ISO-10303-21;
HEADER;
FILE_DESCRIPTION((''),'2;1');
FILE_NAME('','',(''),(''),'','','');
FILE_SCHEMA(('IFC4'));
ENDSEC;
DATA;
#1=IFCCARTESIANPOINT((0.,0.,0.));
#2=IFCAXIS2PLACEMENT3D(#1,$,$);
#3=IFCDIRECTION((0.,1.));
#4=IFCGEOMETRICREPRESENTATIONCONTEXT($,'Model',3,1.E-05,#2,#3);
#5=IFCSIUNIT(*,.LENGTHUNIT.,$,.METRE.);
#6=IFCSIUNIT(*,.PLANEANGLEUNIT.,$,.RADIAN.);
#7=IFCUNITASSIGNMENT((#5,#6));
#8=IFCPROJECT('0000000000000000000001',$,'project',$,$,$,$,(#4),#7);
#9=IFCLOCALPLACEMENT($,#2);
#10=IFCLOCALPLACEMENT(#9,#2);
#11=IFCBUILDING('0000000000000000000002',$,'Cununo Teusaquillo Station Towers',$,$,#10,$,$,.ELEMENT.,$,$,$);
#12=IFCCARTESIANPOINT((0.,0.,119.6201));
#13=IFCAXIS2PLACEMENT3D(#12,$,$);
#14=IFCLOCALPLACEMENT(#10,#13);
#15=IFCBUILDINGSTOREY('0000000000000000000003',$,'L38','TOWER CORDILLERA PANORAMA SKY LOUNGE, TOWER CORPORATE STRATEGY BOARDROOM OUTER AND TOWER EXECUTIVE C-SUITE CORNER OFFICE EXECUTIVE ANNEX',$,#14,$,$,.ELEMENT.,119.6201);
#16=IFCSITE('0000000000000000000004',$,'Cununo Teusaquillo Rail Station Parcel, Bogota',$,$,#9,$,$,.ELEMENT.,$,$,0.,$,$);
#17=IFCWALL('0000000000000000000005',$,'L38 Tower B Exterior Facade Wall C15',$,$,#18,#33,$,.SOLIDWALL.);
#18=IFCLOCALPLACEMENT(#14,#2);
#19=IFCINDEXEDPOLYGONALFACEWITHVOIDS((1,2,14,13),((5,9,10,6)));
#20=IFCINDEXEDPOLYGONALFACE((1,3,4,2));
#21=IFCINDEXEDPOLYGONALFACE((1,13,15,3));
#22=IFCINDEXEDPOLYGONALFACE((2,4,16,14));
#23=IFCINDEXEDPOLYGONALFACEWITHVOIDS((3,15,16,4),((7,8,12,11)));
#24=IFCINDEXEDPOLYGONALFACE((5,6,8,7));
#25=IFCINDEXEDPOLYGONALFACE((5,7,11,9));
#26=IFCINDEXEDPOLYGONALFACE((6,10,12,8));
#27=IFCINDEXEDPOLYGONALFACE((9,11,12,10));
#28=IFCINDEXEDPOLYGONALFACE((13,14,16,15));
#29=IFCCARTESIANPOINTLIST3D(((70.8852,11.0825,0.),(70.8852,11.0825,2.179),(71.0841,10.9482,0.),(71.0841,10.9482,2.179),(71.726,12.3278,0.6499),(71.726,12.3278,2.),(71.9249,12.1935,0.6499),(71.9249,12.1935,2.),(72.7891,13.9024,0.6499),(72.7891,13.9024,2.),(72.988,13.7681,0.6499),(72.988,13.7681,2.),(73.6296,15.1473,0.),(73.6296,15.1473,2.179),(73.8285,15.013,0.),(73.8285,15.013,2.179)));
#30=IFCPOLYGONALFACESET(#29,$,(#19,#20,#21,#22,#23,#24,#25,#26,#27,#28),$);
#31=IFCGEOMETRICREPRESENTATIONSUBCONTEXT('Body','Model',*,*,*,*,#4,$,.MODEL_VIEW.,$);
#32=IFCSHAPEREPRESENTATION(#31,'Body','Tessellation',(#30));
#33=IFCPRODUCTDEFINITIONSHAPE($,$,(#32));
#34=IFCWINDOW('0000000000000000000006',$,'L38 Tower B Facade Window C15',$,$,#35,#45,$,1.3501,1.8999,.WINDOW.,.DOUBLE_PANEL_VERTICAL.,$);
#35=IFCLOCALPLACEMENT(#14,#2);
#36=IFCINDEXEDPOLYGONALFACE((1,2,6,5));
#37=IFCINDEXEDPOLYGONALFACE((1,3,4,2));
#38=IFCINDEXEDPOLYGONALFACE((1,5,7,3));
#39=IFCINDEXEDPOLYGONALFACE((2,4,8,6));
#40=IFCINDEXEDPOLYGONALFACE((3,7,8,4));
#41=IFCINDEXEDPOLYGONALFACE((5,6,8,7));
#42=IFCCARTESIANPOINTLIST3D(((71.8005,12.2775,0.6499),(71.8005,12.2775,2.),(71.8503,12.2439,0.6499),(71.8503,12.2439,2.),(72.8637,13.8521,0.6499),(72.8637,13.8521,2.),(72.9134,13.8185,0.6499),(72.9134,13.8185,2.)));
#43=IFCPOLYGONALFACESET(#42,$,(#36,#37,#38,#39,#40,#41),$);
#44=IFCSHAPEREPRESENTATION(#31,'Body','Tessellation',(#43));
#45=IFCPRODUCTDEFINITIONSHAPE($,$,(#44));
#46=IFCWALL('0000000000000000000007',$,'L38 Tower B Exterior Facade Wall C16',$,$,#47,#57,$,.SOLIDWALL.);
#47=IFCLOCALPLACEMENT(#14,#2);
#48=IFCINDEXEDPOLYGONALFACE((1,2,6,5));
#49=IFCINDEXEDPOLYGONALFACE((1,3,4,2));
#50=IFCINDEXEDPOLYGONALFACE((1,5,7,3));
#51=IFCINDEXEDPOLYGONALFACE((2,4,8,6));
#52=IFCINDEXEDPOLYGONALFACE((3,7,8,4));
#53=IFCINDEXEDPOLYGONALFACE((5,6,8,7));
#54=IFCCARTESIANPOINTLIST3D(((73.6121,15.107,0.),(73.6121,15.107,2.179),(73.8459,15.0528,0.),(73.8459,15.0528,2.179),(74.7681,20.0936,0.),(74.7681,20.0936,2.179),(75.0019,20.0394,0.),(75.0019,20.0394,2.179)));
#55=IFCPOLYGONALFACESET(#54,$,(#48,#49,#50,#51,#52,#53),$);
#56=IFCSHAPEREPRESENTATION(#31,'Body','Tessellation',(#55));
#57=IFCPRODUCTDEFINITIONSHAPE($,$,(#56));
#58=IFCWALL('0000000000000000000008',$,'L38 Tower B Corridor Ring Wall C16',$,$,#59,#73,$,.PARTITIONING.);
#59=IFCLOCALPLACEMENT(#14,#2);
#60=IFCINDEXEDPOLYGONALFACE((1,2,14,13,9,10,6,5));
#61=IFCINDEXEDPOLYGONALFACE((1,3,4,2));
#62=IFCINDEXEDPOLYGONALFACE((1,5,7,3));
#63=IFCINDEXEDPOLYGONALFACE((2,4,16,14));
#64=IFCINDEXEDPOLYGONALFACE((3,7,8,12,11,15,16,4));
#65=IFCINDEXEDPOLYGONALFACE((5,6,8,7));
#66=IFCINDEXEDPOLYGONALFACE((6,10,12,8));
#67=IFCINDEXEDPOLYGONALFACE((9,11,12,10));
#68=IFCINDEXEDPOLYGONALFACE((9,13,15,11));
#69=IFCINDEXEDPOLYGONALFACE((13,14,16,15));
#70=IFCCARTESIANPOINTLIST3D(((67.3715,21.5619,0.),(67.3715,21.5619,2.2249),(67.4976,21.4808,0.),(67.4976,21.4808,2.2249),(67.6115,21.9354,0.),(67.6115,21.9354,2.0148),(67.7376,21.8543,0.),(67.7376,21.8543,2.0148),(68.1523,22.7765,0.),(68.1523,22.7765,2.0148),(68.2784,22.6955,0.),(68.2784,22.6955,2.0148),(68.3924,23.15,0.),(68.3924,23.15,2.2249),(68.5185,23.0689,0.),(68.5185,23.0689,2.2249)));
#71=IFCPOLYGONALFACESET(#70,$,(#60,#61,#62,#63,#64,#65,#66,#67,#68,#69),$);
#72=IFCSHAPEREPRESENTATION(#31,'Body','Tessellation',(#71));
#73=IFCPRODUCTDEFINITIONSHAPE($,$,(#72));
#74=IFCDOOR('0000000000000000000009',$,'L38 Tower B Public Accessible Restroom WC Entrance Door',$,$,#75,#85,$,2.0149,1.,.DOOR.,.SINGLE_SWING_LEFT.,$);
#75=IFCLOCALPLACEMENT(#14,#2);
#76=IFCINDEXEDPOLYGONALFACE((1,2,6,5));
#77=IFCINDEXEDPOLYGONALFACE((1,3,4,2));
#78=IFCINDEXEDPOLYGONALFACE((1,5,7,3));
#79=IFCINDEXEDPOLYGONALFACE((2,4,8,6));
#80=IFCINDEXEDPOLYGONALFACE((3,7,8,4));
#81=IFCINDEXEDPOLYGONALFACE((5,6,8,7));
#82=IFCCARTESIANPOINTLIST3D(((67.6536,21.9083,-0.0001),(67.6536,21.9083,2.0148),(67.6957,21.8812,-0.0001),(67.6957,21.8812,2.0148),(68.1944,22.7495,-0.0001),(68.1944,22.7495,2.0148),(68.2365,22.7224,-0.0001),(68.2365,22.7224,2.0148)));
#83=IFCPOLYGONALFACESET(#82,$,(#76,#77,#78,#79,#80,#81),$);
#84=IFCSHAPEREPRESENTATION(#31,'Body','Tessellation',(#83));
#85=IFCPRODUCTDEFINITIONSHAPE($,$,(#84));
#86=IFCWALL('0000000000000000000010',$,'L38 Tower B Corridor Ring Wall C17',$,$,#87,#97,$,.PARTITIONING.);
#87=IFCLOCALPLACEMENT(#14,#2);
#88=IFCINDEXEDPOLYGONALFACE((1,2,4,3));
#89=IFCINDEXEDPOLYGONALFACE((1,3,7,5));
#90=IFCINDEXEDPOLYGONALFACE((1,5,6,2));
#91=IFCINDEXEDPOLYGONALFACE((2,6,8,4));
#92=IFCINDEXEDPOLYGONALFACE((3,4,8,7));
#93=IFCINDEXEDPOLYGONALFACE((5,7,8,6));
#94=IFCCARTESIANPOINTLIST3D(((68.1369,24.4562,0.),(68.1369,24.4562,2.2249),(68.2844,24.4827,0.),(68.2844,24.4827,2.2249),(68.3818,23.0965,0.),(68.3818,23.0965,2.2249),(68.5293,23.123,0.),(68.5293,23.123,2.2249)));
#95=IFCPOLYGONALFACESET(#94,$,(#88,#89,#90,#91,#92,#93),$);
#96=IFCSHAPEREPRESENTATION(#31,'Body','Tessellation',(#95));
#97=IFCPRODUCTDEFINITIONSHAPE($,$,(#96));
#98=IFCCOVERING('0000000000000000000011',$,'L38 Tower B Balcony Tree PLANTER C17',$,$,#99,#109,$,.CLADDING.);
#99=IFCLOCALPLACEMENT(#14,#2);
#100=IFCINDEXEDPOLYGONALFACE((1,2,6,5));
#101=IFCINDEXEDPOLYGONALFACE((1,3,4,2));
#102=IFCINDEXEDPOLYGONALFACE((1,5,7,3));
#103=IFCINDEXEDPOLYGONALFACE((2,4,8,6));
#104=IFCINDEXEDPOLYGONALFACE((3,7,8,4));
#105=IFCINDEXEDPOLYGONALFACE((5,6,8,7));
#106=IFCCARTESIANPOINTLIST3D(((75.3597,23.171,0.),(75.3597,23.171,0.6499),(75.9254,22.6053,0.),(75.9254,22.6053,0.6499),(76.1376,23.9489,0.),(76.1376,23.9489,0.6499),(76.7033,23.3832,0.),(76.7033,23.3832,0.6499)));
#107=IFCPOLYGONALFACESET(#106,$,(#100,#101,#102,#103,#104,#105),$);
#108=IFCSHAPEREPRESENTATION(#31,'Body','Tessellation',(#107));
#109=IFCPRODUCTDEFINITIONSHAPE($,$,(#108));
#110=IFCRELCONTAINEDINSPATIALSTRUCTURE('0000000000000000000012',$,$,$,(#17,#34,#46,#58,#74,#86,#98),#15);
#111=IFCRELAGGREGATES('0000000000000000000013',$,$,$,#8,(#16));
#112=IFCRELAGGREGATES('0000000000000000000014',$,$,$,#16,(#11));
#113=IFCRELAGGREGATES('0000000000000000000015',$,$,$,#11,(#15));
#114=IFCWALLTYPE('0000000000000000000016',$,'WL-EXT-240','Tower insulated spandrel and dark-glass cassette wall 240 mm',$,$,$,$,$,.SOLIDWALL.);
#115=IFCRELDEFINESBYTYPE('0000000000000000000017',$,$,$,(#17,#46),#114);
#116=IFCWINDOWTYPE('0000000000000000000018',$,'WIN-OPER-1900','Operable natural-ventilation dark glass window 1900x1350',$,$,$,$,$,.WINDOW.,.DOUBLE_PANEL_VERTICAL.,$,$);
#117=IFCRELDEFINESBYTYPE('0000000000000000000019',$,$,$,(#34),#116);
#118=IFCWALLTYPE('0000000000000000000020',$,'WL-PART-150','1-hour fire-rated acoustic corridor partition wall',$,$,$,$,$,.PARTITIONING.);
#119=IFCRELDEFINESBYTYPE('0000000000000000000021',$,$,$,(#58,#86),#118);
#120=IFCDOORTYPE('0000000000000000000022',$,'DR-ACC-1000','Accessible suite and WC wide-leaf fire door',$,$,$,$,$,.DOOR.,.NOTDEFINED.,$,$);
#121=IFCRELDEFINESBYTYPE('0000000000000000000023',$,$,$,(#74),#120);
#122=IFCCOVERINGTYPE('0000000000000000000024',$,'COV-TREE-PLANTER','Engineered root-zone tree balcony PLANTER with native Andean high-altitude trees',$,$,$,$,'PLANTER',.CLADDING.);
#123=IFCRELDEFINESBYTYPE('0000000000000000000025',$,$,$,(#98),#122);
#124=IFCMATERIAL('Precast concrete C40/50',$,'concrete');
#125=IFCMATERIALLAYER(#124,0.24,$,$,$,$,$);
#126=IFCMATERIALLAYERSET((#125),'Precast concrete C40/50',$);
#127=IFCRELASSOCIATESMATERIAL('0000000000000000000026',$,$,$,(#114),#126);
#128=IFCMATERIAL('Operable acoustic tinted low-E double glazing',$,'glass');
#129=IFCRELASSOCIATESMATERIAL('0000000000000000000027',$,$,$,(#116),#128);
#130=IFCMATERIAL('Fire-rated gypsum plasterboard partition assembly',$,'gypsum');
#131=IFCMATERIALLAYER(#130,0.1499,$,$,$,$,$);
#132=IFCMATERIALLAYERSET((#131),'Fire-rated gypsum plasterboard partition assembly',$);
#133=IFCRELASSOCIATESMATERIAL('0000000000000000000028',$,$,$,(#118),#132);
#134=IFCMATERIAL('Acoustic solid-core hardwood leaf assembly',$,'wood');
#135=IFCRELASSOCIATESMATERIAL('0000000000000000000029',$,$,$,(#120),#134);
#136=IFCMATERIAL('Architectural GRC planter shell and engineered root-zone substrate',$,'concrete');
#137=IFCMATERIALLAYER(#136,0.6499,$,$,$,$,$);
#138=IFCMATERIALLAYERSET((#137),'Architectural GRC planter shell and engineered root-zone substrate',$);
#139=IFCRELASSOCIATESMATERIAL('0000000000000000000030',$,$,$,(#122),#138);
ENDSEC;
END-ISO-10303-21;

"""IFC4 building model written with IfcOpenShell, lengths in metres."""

from ifc_helpers import new_model, si_unit, direction, frame, frame_2d, origin, origin_2d, place, context, subcontext, project, spatial, rectangle, extrude, source, transform, mapped, material, layer, layer_set, type_object, element, fill, save


model = new_model("IFC4")

# Units and contexts
model_context = context("Model", 3, precision=1e-05, world=origin(), true_north=direction((0.0, 1.0)))
body_context = subcontext(model_context, "Body", "Model", "MODEL_VIEW")
ifc_project = project(units=[si_unit("LENGTHUNIT", "METRE"), si_unit("PLANEANGLEUNIT", "RADIAN")], contexts=[model_context])

# Site, building, storey
site_placement = place(None, origin())
site = spatial("IfcSite", under=ifc_project, at=site_placement, Name="Cununo Teusaquillo Rail Station Parcel, Bogota", CompositionType="ELEMENT", RefElevation=0.0)
building_placement = place(site_placement, origin())
building = spatial("IfcBuilding", under=site, at=building_placement, Name="Cununo Teusaquillo Station Towers", CompositionType="ELEMENT")
storey_placement = place(building_placement, frame((0.0, 0.0, 119.6201)))
storey = spatial("IfcBuildingStorey", under=building, at=storey_placement, Name="L38", Description="TOWER CORDILLERA PANORAMA SKY LOUNGE, TOWER CORPORATE STRATEGY BOARDROOM OUTER AND TOWER EXECUTIVE C-SUITE CORNER OFFICE EXECUTIVE ANNEX", CompositionType="ELEMENT", Elevation=119.6201)

# Shared definitions
ifc_material_1 = material(Name="Precast concrete C40/50", Category="concrete")
ifc_layer_1 = layer(ifc_material_1, 0.24)
ifc_layer_set_1 = layer_set([ifc_layer_1], Name="Precast concrete C40/50")
wall_type_1 = type_object("IfcWallType", Name="WL-EXT-240", Description="Tower insulated spandrel and dark-glass cassette wall 240 mm", PredefinedType="SOLIDWALL", material=ifc_layer_set_1)

# Wall, opening, window
wall_1_placement = place(storey_placement, frame((73.729, 15.0801, 0.0), z_axis=(0.0, 0.0, 1.0), x_axis=(-0.559573, -0.828781, 0.0)))
wall_1 = element("IfcWall", 1, at=wall_1_placement, inside=storey, type_object=wall_type_1, Name="L38 Tower B Exterior Facade Wall C15", PredefinedType="SOLIDWALL", context=body_context, shape_type="SweptSolid", body=[
    extrude(rectangle(XDim=4.9045, YDim=0.24, at=frame_2d((2.4521, 0.0))), origin(), (0.0, 0.0, 1.0), 2.179),
])
shared_shape_1 = source(origin(), body_context, "Body", "SweptSolid", [
    extrude(rectangle(XDim=1.8999, YDim=1.3501, at=frame_2d((0.95, 0.675))), frame((0.0, 0.1299, 0.0), z_axis=(0.0, -1.0, 0.0), x_axis=(1.0, 0.0, 0.0)), (0.0, 0.0, 1.0), 0.26),
])
opening_1_placement = place(wall_1_placement, frame((1.502, 0.0, 0.6499)))
opening_1 = element("IfcOpeningElement", 2, at=opening_1_placement, cuts=wall_1, PredefinedType="OPENING", context=body_context, shape_type="MappedRepresentation", body=[
    mapped(shared_shape_1, transform((0.0, 0.0, 0.0), x_axis=(1.0, 0.0, 0.0), y_axis=(0.0, 1.0, 0.0), z_axis=(0.0, 0.0, 1.0), scale=1.0)),
])
ifc_material_2 = material(Name="Operable acoustic tinted low-E double glazing", Category="glass")
window_type_1 = type_object("IfcWindowType", Name="WIN-OPER-1900", Description="Operable natural-ventilation dark glass window 1900x1350", PartitioningType="DOUBLE_PANEL_VERTICAL", PredefinedType="WINDOW", material=ifc_material_2)
shared_shape_2 = source(origin(), body_context, "Body", "SweptSolid", [
    extrude(rectangle(XDim=1.8999, YDim=1.3501, at=frame_2d((0.95, 0.675))), frame((0.0, 0.03, 0.0), z_axis=(0.0, -1.0, 0.0), x_axis=(1.0, 0.0, 0.0)), (0.0, 0.0, 1.0), 0.0601),
])
window_1_placement = place(opening_1_placement, origin())
window_1 = element("IfcWindow", 3, at=window_1_placement, inside=storey, type_object=window_type_1, Name="L38 Tower B Facade Window C15", OverallHeight=1.3501, OverallWidth=1.8999, PartitioningType="DOUBLE_PANEL_VERTICAL", PredefinedType="WINDOW", context=body_context, shape_type="MappedRepresentation", body=[
    mapped(shared_shape_2, transform((0.0, 0.0, 0.0), x_axis=(1.0, 0.0, 0.0), y_axis=(0.0, 1.0, 0.0), z_axis=(0.0, 0.0, 1.0), scale=1.0)),
])
fill(opening_1, window_1)

# Wall
wall_2_placement = place(storey_placement, frame((74.885, 20.0667, 0.0), z_axis=(0.0, 0.0, 1.0), x_axis=(-0.225835, -0.974166, 0.0)))
element("IfcWall", 4, at=wall_2_placement, inside=storey, type_object=wall_type_1, Name="L38 Tower B Exterior Facade Wall C16", PredefinedType="SOLIDWALL", context=body_context, shape_type="SweptSolid", body=[
    extrude(rectangle(XDim=5.1189, YDim=0.24, at=frame_2d((2.5596, 0.0))), origin(), (0.0, 0.0, 1.0), 2.179),
])

# Wall, opening, door
ifc_material_3 = material(Name="Fire-rated gypsum plasterboard partition assembly", Category="gypsum")
ifc_layer_2 = layer(ifc_material_3, 0.1499)
ifc_layer_set_2 = layer_set([ifc_layer_2], Name="Fire-rated gypsum plasterboard partition assembly")
wall_type_2 = type_object("IfcWallType", Name="WL-PART-150", Description="1-hour fire-rated acoustic corridor partition wall", PredefinedType="PARTITIONING", material=ifc_layer_set_2)
wall_3_placement = place(storey_placement, frame((67.4346, 21.5215, 0.0), z_axis=(0.0, 0.0, 1.0), x_axis=(0.540777, 0.841166, 0.0)))
wall_3 = element("IfcWall", 5, at=wall_3_placement, inside=storey, type_object=wall_type_2, Name="L38 Tower B Corridor Ring Wall C16", PredefinedType="PARTITIONING", context=body_context, shape_type="SweptSolid", body=[
    extrude(rectangle(XDim=1.8879, YDim=0.1499, at=frame_2d((0.9438, 0.0))), origin(), (0.0, 0.0, 1.0), 2.2249),
])
shared_shape_3 = source(origin(), body_context, "Body", "SweptSolid", [
    extrude(rectangle(XDim=1.0, YDim=2.0149, at=frame_2d((0.5, 1.0073))), frame((0.0, 0.085, 0.0), z_axis=(0.0, -1.0, 0.0), x_axis=(1.0, 0.0, 0.0)), (0.0, 0.0, 1.0), 0.1699),
])
opening_2_placement = place(wall_3_placement, frame((0.4438, 0.0, 0.0)))
opening_2 = element("IfcOpeningElement", 6, at=opening_2_placement, cuts=wall_3, PredefinedType="OPENING", context=body_context, shape_type="MappedRepresentation", body=[
    mapped(shared_shape_3, transform((0.0, 0.0, 0.0), x_axis=(1.0, 0.0, 0.0), y_axis=(0.0, 1.0, 0.0), z_axis=(0.0, 0.0, 1.0), scale=1.0)),
])
ifc_material_4 = material(Name="Acoustic solid-core hardwood leaf assembly", Category="wood")
door_type = type_object("IfcDoorType", Name="DR-ACC-1000", Description="Accessible suite and WC wide-leaf fire door", OperationType="NOTDEFINED", PredefinedType="DOOR", material=ifc_material_4)
shared_shape_4 = source(origin(), body_context, "Body", "SweptSolid", [
    extrude(rectangle(XDim=1.0, YDim=2.0149, at=frame_2d((0.5, 1.0073))), frame((0.0, 0.0249, 0.0), z_axis=(0.0, -1.0, 0.0), x_axis=(1.0, 0.0, 0.0)), (0.0, 0.0, 1.0), 0.05),
])
door_placement = place(opening_2_placement, origin())
door = element("IfcDoor", 7, at=door_placement, inside=storey, type_object=door_type, Name="L38 Tower B Public Accessible Restroom WC Entrance Door", OperationType="SINGLE_SWING_LEFT", OverallHeight=2.0149, OverallWidth=1.0, PredefinedType="DOOR", context=body_context, shape_type="MappedRepresentation", body=[
    mapped(shared_shape_4, transform((0.0, 0.0, 0.0), x_axis=(1.0, 0.0, 0.0), y_axis=(0.0, 1.0, 0.0), z_axis=(0.0, 0.0, 1.0), scale=1.0)),
])
fill(opening_2, door)

# Wall
wall_4_placement = place(storey_placement, frame((68.4556, 23.1096, 0.0), z_axis=(0.0, 0.0, 1.0), x_axis=(-0.177252, 0.984165, 0.0)))
element("IfcWall", 8, at=wall_4_placement, inside=storey, type_object=wall_type_2, Name="L38 Tower B Corridor Ring Wall C17", PredefinedType="PARTITIONING", context=body_context, shape_type="SweptSolid", body=[
    extrude(rectangle(XDim=1.3816, YDim=0.1499, at=frame_2d((0.6909, 0.0))), origin(), (0.0, 0.0, 1.0), 2.2249),
])

# Covering
ifc_material_5 = material(Name="Architectural GRC planter shell and engineered root-zone substrate", Category="concrete")
ifc_layer_3 = layer(ifc_material_5, 0.6499)
ifc_layer_set_3 = layer_set([ifc_layer_3], Name="Architectural GRC planter shell and engineered root-zone substrate")
covering_type = type_object("IfcCoveringType", Name="COV-TREE-PLANTER", Description="Engineered root-zone tree balcony PLANTER with native Andean high-altitude trees", ElementType="PLANTER", PredefinedType="CLADDING", material=ifc_layer_set_3)
shared_shape_5 = source(origin(), body_context, "Body", "SweptSolid", [
    extrude(rectangle(XDim=1.1001, YDim=0.8, at=origin_2d()), origin(), (0.0, 0.0, 1.0), 0.6499),
])
covering_placement = place(storey_placement, frame((76.0315, 23.2771, 0.0), z_axis=(0.0, 0.0, 1.0), x_axis=(0.707107, 0.707107, 0.0)))
element("IfcCovering", 9, at=covering_placement, inside=storey, type_object=covering_type, Name="L38 Tower B Balcony Tree PLANTER C17", PredefinedType="CLADDING", context=body_context, shape_type="MappedRepresentation", body=[
    mapped(shared_shape_5, transform((0.0, 0.0, 0.0), x_axis=(1.0, 0.0, 0.0), y_axis=(0.0, 1.0, 0.0), z_axis=(0.0, 0.0, 1.0), scale=1.0)),
])

save(model, "model.ifc")
